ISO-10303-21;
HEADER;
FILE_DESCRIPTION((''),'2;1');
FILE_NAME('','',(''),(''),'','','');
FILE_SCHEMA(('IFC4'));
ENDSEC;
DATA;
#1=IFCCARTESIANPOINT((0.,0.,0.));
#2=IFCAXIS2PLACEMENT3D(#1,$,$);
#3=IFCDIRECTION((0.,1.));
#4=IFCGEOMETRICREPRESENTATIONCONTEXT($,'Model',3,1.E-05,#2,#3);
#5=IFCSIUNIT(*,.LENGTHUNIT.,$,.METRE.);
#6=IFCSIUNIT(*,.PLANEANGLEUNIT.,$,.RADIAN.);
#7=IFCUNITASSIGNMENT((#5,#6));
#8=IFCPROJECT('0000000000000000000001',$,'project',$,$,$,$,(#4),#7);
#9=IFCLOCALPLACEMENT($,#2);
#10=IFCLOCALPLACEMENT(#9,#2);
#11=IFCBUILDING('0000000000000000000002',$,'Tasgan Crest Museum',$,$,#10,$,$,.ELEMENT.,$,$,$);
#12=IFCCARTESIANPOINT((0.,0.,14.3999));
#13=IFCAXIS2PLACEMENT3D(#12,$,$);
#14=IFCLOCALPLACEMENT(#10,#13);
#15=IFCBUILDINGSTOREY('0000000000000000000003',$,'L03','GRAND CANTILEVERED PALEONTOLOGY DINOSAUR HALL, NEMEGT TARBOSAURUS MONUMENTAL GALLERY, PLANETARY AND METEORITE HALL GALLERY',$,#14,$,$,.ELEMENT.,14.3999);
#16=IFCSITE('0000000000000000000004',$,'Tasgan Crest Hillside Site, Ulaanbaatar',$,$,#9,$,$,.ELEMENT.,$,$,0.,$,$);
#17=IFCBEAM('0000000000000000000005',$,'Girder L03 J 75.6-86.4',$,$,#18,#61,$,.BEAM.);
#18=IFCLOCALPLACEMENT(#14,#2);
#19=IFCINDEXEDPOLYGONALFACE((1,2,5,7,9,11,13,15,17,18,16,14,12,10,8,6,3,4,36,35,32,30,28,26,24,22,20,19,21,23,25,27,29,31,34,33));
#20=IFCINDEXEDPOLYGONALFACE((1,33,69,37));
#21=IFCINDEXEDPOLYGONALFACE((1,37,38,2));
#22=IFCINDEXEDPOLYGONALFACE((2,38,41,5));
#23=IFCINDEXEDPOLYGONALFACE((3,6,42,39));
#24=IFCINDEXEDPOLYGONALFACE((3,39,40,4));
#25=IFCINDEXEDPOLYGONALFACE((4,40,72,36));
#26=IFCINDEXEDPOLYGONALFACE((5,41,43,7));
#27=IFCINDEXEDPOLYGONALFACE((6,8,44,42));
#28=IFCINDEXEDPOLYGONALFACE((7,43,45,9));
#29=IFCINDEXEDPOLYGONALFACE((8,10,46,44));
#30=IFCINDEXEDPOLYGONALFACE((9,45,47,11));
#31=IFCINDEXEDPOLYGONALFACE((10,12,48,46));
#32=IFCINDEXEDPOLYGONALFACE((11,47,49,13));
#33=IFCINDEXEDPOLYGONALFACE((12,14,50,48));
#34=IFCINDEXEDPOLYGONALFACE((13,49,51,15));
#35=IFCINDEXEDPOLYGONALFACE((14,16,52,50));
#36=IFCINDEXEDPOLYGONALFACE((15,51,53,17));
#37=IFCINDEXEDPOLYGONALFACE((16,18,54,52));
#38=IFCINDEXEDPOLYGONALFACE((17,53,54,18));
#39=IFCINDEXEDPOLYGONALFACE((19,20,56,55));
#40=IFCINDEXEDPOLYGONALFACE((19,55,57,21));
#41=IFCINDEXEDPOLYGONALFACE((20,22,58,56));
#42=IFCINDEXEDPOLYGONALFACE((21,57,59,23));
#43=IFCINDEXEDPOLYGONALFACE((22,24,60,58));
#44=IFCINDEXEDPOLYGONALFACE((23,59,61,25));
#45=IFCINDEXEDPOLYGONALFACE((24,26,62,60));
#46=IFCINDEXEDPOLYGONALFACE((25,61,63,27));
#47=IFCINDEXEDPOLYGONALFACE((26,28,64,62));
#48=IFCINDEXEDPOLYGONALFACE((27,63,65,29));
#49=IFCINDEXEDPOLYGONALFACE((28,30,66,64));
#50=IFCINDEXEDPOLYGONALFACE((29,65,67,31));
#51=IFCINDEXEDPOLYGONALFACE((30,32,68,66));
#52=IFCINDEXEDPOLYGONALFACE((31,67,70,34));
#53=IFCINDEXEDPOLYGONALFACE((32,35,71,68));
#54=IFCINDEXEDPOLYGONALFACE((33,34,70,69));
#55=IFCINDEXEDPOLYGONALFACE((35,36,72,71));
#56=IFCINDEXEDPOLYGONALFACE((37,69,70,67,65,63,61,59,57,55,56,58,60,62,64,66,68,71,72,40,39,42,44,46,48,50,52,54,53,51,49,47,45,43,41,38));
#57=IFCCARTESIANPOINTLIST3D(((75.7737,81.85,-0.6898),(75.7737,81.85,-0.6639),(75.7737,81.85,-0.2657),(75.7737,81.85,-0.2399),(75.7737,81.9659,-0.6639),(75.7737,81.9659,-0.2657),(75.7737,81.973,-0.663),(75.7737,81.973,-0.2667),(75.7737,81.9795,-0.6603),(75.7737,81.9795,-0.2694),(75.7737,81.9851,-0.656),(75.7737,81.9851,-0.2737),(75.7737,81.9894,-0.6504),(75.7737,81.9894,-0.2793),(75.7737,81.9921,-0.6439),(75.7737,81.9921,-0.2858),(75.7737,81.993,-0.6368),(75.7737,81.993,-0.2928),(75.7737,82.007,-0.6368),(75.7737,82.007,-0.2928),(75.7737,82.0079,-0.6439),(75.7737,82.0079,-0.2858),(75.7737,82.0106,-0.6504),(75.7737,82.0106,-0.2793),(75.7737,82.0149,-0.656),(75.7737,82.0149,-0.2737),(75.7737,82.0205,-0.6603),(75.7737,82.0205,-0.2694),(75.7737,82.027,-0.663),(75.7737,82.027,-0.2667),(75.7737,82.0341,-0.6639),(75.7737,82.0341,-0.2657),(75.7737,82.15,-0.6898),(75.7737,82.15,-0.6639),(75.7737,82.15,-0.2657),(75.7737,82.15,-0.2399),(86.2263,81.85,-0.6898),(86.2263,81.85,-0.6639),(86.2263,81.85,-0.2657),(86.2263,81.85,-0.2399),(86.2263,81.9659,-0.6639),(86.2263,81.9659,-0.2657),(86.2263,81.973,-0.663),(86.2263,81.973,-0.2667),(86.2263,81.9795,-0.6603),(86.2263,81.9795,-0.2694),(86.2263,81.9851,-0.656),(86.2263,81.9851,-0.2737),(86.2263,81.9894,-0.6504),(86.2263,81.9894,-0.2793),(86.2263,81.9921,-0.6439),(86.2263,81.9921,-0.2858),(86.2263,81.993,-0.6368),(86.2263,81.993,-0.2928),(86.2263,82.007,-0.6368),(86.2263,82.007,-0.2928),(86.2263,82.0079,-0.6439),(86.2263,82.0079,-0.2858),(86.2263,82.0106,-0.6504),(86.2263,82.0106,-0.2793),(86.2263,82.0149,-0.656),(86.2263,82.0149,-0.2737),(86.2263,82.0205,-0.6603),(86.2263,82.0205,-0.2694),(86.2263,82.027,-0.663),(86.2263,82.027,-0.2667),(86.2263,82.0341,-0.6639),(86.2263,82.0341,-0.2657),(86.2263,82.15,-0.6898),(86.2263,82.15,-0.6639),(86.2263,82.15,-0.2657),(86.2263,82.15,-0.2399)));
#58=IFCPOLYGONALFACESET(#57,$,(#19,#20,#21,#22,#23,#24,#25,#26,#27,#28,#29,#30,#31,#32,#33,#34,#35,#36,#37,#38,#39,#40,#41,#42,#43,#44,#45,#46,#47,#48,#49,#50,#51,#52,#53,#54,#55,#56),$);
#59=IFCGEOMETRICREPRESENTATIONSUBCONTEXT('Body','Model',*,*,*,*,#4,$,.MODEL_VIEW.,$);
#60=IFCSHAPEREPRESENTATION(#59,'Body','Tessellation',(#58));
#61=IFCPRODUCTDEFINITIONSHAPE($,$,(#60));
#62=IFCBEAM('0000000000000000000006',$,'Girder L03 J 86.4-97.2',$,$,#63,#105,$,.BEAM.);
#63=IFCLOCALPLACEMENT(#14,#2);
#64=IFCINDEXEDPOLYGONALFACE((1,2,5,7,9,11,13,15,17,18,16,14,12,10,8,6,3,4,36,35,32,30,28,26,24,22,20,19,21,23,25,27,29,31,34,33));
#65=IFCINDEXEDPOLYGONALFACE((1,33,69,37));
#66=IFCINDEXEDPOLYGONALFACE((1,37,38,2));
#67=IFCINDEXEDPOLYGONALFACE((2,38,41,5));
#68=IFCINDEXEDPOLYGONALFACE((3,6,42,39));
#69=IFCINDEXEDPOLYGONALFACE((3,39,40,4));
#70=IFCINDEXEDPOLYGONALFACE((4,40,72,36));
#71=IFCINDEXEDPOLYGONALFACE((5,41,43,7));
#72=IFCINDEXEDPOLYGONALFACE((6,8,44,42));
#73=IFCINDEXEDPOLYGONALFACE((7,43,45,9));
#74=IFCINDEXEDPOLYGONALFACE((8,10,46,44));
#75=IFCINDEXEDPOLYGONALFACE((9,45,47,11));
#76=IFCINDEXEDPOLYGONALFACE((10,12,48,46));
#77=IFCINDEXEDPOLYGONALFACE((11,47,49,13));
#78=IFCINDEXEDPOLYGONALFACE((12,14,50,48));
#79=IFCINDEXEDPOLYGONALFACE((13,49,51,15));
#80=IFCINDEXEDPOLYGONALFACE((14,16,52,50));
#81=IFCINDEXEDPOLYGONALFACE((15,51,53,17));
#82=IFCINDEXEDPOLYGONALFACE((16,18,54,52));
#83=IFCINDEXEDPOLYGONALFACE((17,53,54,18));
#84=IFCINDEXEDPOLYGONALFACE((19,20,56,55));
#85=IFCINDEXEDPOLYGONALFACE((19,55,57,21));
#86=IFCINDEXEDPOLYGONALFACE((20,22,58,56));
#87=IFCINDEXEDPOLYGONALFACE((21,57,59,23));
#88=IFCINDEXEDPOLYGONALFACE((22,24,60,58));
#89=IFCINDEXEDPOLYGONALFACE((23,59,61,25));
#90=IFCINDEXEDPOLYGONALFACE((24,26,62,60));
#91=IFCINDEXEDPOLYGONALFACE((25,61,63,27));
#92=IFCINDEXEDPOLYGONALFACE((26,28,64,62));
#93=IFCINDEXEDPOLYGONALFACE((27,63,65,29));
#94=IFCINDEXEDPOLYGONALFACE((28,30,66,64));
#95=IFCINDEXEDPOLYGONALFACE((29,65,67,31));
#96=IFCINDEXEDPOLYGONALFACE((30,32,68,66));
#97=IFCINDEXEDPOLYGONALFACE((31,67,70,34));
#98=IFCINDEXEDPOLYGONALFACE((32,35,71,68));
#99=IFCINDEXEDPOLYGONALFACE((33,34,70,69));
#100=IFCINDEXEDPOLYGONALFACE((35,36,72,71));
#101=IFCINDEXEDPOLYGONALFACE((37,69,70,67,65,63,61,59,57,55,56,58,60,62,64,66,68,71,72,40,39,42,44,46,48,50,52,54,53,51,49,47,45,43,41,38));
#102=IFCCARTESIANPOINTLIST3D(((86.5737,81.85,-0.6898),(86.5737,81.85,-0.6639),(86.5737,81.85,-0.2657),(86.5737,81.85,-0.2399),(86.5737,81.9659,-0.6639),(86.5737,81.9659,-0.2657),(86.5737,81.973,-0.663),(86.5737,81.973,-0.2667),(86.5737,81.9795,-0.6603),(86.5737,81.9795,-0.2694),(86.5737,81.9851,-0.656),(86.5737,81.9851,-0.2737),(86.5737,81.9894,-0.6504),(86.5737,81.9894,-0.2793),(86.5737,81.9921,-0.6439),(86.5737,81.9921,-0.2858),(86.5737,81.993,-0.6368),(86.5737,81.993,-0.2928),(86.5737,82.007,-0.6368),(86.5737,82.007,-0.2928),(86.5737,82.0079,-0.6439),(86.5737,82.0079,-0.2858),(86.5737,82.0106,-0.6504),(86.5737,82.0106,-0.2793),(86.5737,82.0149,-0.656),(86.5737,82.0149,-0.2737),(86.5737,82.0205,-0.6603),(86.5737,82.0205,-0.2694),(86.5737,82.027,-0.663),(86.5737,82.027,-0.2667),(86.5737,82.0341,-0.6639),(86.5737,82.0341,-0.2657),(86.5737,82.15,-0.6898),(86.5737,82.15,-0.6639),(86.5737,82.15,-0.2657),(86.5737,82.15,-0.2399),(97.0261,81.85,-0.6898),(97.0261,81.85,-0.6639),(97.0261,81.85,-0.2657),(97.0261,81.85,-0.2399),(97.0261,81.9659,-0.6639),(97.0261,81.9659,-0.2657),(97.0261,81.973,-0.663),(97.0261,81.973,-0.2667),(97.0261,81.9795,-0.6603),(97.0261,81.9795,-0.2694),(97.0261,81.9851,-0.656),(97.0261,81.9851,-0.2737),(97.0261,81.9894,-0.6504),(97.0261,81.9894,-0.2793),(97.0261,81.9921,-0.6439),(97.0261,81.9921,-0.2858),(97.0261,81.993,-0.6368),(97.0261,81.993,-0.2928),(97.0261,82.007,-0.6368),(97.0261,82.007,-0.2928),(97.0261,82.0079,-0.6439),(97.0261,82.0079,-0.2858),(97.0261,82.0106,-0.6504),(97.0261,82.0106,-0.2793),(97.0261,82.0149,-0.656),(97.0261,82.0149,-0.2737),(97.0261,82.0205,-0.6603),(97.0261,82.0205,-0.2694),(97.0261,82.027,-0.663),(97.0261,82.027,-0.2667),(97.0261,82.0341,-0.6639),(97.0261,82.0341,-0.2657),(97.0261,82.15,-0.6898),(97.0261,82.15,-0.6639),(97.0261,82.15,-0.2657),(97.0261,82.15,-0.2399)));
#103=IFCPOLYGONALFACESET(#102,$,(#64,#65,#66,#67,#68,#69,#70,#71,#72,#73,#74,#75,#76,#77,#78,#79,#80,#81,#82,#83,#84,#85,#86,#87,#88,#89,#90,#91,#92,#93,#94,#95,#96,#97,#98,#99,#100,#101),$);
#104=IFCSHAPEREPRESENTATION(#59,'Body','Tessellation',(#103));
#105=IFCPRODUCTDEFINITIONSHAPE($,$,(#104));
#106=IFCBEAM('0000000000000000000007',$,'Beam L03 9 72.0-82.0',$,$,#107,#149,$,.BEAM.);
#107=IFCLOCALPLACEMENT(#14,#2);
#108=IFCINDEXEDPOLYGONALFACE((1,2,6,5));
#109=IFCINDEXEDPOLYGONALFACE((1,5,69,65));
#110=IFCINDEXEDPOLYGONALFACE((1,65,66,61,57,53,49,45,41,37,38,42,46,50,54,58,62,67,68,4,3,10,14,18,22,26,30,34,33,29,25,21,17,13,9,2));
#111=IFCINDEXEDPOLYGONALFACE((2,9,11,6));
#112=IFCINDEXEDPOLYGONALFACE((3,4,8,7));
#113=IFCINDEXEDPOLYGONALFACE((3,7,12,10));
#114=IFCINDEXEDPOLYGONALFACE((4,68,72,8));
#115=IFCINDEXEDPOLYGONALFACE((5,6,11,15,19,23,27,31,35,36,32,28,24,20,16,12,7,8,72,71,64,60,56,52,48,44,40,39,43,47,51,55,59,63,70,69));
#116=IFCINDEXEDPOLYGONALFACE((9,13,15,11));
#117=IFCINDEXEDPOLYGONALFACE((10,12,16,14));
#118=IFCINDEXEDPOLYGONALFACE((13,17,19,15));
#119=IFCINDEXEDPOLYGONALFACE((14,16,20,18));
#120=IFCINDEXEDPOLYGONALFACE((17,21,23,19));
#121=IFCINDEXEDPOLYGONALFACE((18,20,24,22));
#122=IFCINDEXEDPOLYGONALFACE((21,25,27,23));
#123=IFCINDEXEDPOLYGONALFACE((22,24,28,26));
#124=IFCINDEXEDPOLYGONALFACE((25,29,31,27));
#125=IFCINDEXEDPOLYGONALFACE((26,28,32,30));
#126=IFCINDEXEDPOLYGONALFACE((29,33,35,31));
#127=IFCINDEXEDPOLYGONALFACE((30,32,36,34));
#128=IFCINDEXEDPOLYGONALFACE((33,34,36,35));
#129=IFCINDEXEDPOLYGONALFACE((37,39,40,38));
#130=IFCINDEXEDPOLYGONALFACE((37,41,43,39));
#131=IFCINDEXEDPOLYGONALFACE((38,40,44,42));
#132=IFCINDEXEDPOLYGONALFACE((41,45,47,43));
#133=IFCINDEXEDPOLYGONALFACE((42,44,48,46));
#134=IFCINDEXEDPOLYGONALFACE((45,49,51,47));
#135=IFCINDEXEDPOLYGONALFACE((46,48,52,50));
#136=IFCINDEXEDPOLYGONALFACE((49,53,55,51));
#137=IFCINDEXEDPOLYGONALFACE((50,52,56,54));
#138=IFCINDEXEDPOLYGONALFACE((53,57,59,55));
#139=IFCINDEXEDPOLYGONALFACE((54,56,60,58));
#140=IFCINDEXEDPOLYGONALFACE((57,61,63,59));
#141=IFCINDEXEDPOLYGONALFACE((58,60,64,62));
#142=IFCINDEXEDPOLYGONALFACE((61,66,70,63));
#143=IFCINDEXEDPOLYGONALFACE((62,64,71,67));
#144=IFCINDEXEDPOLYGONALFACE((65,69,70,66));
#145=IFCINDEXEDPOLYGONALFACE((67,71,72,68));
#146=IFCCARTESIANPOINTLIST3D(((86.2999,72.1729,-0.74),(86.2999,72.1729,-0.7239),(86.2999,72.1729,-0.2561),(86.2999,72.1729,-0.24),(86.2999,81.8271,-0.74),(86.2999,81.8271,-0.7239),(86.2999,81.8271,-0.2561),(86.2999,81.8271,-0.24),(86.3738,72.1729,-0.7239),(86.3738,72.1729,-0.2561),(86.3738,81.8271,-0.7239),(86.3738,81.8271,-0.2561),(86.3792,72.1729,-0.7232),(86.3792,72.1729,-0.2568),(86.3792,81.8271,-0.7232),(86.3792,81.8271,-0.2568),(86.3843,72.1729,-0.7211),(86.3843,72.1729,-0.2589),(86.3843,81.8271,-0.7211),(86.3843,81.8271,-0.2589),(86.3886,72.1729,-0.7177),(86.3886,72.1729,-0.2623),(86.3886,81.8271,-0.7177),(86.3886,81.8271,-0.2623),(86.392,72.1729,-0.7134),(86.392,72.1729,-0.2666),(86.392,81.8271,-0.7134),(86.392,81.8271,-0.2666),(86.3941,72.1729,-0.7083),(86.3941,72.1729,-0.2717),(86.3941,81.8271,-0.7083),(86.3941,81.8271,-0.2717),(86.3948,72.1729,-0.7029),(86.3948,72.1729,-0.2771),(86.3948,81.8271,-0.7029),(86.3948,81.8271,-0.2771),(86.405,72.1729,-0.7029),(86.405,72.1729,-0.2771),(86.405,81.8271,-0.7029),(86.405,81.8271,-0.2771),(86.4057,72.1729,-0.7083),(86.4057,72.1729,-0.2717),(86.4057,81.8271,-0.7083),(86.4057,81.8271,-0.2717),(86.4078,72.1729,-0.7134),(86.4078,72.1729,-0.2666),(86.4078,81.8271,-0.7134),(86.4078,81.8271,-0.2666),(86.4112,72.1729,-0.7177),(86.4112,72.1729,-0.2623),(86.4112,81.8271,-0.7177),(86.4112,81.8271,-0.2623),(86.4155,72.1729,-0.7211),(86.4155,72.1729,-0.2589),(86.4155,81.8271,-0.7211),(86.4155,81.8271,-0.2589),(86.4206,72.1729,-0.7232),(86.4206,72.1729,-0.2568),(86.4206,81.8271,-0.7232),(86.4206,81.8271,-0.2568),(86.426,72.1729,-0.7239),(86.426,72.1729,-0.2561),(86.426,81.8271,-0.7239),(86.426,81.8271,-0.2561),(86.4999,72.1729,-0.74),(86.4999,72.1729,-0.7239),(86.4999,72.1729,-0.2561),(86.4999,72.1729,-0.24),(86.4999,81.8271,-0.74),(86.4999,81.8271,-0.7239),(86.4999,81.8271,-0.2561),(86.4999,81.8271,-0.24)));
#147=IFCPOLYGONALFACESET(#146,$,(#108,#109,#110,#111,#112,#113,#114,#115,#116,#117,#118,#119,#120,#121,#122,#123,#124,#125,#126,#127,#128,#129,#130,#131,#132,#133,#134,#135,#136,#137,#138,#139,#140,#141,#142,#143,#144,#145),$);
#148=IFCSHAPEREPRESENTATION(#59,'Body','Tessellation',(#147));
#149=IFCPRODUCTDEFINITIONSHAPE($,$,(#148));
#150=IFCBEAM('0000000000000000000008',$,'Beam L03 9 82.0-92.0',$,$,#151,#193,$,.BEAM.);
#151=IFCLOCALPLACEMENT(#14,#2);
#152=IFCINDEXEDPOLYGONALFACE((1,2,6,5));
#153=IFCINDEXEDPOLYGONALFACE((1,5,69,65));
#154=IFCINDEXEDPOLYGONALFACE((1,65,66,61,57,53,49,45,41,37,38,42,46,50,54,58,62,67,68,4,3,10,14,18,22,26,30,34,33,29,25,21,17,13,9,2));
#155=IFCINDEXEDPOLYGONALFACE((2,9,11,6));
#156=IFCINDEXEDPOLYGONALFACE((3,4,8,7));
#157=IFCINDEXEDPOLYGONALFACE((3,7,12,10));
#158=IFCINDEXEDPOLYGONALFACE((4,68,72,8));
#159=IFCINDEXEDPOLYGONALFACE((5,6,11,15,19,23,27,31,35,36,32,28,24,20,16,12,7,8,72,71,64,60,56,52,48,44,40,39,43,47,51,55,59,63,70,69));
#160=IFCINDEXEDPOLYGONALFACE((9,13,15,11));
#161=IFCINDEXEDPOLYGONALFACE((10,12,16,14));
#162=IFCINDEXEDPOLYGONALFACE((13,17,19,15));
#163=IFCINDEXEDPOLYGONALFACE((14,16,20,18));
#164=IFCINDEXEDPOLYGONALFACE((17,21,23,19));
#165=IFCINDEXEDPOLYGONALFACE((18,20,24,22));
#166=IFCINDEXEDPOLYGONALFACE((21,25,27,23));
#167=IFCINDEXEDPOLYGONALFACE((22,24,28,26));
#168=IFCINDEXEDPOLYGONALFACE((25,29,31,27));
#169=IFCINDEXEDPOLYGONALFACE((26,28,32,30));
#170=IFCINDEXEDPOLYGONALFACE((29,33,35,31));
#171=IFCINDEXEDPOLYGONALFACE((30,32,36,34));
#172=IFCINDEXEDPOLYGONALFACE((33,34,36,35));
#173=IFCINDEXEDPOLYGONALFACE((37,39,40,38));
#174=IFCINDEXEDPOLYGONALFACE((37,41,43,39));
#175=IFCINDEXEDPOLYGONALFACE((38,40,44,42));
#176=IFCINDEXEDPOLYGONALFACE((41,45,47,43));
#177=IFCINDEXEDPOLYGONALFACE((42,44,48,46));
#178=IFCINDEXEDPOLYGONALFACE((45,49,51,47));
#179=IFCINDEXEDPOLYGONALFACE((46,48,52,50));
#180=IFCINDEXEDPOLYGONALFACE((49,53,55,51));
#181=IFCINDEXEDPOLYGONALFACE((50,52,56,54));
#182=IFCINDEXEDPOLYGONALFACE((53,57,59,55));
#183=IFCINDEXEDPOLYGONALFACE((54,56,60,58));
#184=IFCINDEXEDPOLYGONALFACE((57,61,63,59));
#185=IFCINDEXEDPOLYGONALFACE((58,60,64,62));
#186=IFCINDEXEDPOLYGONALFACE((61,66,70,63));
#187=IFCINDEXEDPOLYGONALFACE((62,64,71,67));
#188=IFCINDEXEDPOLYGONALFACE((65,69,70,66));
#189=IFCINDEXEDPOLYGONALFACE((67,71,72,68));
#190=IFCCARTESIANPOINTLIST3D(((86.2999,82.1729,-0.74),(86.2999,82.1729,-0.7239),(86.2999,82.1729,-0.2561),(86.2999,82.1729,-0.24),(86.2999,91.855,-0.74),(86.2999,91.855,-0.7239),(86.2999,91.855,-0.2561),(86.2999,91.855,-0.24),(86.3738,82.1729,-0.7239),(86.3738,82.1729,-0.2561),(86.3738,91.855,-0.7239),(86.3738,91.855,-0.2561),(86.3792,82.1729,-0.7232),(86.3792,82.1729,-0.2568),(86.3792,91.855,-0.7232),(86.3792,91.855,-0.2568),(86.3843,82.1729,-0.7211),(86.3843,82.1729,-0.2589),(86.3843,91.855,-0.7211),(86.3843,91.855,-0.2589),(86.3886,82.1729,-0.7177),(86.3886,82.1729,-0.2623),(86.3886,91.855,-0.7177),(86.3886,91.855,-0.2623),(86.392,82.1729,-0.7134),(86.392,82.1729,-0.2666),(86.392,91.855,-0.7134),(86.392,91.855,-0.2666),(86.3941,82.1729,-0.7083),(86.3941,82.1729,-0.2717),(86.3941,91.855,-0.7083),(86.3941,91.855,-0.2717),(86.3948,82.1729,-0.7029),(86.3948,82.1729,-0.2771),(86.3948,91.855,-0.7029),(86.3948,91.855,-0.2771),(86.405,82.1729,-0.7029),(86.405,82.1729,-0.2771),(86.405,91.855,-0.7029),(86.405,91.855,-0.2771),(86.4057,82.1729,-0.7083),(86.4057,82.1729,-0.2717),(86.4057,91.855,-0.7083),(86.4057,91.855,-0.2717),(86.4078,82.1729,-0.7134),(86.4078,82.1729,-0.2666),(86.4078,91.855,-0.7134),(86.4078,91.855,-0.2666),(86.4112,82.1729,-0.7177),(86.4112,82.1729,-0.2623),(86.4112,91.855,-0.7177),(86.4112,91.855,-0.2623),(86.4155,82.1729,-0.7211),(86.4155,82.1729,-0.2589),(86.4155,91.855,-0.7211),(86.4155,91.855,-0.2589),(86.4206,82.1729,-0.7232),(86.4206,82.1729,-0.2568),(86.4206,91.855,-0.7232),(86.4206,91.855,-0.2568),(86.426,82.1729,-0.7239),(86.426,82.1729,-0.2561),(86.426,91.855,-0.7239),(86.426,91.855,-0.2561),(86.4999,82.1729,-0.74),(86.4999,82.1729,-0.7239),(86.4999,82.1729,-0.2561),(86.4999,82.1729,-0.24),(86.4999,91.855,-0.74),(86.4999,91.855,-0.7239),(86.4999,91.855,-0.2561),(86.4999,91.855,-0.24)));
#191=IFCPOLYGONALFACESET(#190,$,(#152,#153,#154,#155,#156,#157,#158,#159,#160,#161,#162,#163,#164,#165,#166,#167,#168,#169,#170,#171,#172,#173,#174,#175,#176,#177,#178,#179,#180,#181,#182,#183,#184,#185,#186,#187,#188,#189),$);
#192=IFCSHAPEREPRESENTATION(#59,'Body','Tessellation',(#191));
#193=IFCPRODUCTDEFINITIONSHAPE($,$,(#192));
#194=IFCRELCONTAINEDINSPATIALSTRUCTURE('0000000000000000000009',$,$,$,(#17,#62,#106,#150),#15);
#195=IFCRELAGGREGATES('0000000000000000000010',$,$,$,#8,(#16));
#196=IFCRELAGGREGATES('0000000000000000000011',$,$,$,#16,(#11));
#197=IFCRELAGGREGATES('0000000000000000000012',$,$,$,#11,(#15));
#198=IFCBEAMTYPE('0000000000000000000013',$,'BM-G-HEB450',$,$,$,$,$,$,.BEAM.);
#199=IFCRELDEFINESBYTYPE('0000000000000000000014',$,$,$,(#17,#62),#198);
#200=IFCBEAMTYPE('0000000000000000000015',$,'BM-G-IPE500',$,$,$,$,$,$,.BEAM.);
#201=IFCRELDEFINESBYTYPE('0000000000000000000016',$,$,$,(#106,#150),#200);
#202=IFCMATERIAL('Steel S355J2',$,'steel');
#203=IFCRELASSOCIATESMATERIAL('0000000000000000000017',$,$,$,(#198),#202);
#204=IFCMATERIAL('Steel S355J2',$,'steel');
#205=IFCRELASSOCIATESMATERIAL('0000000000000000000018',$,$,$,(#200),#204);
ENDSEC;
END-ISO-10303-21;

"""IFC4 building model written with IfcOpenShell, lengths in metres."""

from ifc_helpers import new_model, si_unit, direction, frame, origin, origin_2d, place, context, subcontext, project, spatial, i_section, extrude, material, material_profile, profile_set, type_object, element, save


model = new_model("IFC4")

# Units and contexts
model_context = context("Model", 3, precision=1e-05, world=origin(), true_north=direction((0.0, 1.0)))
body_context = subcontext(model_context, "Body", "Model", "MODEL_VIEW")
ifc_project = project(units=[si_unit("LENGTHUNIT", "METRE"), si_unit("PLANEANGLEUNIT", "RADIAN")], contexts=[model_context])

# Site, building, storey
site_placement = place(None, origin())
site = spatial("IfcSite", under=ifc_project, at=site_placement, Name="Tasgan Crest Hillside Site, Ulaanbaatar", CompositionType="ELEMENT", RefElevation=0.0)
building_placement = place(site_placement, origin())
building = spatial("IfcBuilding", under=site, at=building_placement, Name="Tasgan Crest Museum", CompositionType="ELEMENT")
storey_placement = place(building_placement, frame((0.0, 0.0, 14.3999)))
storey = spatial("IfcBuildingStorey", under=building, at=storey_placement, Name="L03", Description="GRAND CANTILEVERED PALEONTOLOGY DINOSAUR HALL, NEMEGT TARBOSAURUS MONUMENTAL GALLERY, PLANETARY AND METEORITE HALL GALLERY", CompositionType="ELEMENT", Elevation=14.3999)

# Beams
ifc_material_1 = material(Name="Steel S355J2", Category="steel")
ifc_material_profile_1 = material_profile(ifc_material_1, i_section(OverallWidth=0.3, OverallDepth=0.45, WebThickness=0.0139, FlangeThickness=0.0259, FilletRadius=0.0271, at=origin_2d()), Name="HEB 450")
ifc_profile_set_1 = profile_set([ifc_material_profile_1], Name="Steel S355J2")
beam_type_1 = type_object("IfcBeamType", Name="BM-G-HEB450", PredefinedType="BEAM", material=ifc_profile_set_1)
beam_1_placement = place(storey_placement, frame((75.7737, 82.0, -0.4648), z_axis=(1.0, 0.0, 0.0), x_axis=(0.0, 1.0, 0.0)))
element("IfcBeam", 1, at=beam_1_placement, inside=storey, type_object=beam_type_1, Name="Girder L03 J 75.6-86.4", PredefinedType="BEAM", context=body_context, shape_type="SweptSolid", body=[
    extrude(i_section(OverallWidth=0.3, OverallDepth=0.45, WebThickness=0.0139, FlangeThickness=0.0259, FilletRadius=0.0271, at=origin_2d()), origin(), (0.0, 0.0, 1.0), 10.4526),
])
beam_2_placement = place(storey_placement, frame((86.5737, 82.0, -0.4648), z_axis=(1.0, 0.0, 0.0), x_axis=(0.0, 1.0, 0.0)))
element("IfcBeam", 2, at=beam_2_placement, inside=storey, type_object=beam_type_1, Name="Girder L03 J 86.4-97.2", PredefinedType="BEAM", context=body_context, shape_type="SweptSolid", body=[
    extrude(i_section(OverallWidth=0.3, OverallDepth=0.45, WebThickness=0.0139, FlangeThickness=0.0259, FilletRadius=0.0271, at=origin_2d()), origin(), (0.0, 0.0, 1.0), 10.4524),
])
ifc_material_2 = material(Name="Steel S355J2", Category="steel")
ifc_material_profile_2 = material_profile(ifc_material_2, i_section(OverallWidth=0.2, OverallDepth=0.5, WebThickness=0.0103, FlangeThickness=0.0161, FilletRadius=0.021, at=origin_2d()), Name="IPE 500")
ifc_profile_set_2 = profile_set([ifc_material_profile_2], Name="Steel S355J2")
beam_type_2 = type_object("IfcBeamType", Name="BM-G-IPE500", PredefinedType="BEAM", material=ifc_profile_set_2)
beam_3_placement = place(storey_placement, frame((86.3999, 72.1729, -0.49), z_axis=(0.0, 1.0, 0.0), x_axis=(-1.0, 0.0, 0.0)))
element("IfcBeam", 3, at=beam_3_placement, inside=storey, type_object=beam_type_2, Name="Beam L03 9 72.0-82.0", PredefinedType="BEAM", context=body_context, shape_type="SweptSolid", body=[
    extrude(i_section(OverallWidth=0.2, OverallDepth=0.5, WebThickness=0.0103, FlangeThickness=0.0161, FilletRadius=0.021, at=origin_2d()), origin(), (0.0, 0.0, 1.0), 9.6543),
])
beam_4_placement = place(storey_placement, frame((86.3999, 82.1729, -0.49), z_axis=(0.0, 1.0, 0.0), x_axis=(-1.0, 0.0, 0.0)))
element("IfcBeam", 4, at=beam_4_placement, inside=storey, type_object=beam_type_2, Name="Beam L03 9 82.0-92.0", PredefinedType="BEAM", context=body_context, shape_type="SweptSolid", body=[
    extrude(i_section(OverallWidth=0.2, OverallDepth=0.5, WebThickness=0.0103, FlangeThickness=0.0161, FilletRadius=0.021, at=origin_2d()), origin(), (0.0, 0.0, 1.0), 9.6821),
])

save(model, "model.ifc")
